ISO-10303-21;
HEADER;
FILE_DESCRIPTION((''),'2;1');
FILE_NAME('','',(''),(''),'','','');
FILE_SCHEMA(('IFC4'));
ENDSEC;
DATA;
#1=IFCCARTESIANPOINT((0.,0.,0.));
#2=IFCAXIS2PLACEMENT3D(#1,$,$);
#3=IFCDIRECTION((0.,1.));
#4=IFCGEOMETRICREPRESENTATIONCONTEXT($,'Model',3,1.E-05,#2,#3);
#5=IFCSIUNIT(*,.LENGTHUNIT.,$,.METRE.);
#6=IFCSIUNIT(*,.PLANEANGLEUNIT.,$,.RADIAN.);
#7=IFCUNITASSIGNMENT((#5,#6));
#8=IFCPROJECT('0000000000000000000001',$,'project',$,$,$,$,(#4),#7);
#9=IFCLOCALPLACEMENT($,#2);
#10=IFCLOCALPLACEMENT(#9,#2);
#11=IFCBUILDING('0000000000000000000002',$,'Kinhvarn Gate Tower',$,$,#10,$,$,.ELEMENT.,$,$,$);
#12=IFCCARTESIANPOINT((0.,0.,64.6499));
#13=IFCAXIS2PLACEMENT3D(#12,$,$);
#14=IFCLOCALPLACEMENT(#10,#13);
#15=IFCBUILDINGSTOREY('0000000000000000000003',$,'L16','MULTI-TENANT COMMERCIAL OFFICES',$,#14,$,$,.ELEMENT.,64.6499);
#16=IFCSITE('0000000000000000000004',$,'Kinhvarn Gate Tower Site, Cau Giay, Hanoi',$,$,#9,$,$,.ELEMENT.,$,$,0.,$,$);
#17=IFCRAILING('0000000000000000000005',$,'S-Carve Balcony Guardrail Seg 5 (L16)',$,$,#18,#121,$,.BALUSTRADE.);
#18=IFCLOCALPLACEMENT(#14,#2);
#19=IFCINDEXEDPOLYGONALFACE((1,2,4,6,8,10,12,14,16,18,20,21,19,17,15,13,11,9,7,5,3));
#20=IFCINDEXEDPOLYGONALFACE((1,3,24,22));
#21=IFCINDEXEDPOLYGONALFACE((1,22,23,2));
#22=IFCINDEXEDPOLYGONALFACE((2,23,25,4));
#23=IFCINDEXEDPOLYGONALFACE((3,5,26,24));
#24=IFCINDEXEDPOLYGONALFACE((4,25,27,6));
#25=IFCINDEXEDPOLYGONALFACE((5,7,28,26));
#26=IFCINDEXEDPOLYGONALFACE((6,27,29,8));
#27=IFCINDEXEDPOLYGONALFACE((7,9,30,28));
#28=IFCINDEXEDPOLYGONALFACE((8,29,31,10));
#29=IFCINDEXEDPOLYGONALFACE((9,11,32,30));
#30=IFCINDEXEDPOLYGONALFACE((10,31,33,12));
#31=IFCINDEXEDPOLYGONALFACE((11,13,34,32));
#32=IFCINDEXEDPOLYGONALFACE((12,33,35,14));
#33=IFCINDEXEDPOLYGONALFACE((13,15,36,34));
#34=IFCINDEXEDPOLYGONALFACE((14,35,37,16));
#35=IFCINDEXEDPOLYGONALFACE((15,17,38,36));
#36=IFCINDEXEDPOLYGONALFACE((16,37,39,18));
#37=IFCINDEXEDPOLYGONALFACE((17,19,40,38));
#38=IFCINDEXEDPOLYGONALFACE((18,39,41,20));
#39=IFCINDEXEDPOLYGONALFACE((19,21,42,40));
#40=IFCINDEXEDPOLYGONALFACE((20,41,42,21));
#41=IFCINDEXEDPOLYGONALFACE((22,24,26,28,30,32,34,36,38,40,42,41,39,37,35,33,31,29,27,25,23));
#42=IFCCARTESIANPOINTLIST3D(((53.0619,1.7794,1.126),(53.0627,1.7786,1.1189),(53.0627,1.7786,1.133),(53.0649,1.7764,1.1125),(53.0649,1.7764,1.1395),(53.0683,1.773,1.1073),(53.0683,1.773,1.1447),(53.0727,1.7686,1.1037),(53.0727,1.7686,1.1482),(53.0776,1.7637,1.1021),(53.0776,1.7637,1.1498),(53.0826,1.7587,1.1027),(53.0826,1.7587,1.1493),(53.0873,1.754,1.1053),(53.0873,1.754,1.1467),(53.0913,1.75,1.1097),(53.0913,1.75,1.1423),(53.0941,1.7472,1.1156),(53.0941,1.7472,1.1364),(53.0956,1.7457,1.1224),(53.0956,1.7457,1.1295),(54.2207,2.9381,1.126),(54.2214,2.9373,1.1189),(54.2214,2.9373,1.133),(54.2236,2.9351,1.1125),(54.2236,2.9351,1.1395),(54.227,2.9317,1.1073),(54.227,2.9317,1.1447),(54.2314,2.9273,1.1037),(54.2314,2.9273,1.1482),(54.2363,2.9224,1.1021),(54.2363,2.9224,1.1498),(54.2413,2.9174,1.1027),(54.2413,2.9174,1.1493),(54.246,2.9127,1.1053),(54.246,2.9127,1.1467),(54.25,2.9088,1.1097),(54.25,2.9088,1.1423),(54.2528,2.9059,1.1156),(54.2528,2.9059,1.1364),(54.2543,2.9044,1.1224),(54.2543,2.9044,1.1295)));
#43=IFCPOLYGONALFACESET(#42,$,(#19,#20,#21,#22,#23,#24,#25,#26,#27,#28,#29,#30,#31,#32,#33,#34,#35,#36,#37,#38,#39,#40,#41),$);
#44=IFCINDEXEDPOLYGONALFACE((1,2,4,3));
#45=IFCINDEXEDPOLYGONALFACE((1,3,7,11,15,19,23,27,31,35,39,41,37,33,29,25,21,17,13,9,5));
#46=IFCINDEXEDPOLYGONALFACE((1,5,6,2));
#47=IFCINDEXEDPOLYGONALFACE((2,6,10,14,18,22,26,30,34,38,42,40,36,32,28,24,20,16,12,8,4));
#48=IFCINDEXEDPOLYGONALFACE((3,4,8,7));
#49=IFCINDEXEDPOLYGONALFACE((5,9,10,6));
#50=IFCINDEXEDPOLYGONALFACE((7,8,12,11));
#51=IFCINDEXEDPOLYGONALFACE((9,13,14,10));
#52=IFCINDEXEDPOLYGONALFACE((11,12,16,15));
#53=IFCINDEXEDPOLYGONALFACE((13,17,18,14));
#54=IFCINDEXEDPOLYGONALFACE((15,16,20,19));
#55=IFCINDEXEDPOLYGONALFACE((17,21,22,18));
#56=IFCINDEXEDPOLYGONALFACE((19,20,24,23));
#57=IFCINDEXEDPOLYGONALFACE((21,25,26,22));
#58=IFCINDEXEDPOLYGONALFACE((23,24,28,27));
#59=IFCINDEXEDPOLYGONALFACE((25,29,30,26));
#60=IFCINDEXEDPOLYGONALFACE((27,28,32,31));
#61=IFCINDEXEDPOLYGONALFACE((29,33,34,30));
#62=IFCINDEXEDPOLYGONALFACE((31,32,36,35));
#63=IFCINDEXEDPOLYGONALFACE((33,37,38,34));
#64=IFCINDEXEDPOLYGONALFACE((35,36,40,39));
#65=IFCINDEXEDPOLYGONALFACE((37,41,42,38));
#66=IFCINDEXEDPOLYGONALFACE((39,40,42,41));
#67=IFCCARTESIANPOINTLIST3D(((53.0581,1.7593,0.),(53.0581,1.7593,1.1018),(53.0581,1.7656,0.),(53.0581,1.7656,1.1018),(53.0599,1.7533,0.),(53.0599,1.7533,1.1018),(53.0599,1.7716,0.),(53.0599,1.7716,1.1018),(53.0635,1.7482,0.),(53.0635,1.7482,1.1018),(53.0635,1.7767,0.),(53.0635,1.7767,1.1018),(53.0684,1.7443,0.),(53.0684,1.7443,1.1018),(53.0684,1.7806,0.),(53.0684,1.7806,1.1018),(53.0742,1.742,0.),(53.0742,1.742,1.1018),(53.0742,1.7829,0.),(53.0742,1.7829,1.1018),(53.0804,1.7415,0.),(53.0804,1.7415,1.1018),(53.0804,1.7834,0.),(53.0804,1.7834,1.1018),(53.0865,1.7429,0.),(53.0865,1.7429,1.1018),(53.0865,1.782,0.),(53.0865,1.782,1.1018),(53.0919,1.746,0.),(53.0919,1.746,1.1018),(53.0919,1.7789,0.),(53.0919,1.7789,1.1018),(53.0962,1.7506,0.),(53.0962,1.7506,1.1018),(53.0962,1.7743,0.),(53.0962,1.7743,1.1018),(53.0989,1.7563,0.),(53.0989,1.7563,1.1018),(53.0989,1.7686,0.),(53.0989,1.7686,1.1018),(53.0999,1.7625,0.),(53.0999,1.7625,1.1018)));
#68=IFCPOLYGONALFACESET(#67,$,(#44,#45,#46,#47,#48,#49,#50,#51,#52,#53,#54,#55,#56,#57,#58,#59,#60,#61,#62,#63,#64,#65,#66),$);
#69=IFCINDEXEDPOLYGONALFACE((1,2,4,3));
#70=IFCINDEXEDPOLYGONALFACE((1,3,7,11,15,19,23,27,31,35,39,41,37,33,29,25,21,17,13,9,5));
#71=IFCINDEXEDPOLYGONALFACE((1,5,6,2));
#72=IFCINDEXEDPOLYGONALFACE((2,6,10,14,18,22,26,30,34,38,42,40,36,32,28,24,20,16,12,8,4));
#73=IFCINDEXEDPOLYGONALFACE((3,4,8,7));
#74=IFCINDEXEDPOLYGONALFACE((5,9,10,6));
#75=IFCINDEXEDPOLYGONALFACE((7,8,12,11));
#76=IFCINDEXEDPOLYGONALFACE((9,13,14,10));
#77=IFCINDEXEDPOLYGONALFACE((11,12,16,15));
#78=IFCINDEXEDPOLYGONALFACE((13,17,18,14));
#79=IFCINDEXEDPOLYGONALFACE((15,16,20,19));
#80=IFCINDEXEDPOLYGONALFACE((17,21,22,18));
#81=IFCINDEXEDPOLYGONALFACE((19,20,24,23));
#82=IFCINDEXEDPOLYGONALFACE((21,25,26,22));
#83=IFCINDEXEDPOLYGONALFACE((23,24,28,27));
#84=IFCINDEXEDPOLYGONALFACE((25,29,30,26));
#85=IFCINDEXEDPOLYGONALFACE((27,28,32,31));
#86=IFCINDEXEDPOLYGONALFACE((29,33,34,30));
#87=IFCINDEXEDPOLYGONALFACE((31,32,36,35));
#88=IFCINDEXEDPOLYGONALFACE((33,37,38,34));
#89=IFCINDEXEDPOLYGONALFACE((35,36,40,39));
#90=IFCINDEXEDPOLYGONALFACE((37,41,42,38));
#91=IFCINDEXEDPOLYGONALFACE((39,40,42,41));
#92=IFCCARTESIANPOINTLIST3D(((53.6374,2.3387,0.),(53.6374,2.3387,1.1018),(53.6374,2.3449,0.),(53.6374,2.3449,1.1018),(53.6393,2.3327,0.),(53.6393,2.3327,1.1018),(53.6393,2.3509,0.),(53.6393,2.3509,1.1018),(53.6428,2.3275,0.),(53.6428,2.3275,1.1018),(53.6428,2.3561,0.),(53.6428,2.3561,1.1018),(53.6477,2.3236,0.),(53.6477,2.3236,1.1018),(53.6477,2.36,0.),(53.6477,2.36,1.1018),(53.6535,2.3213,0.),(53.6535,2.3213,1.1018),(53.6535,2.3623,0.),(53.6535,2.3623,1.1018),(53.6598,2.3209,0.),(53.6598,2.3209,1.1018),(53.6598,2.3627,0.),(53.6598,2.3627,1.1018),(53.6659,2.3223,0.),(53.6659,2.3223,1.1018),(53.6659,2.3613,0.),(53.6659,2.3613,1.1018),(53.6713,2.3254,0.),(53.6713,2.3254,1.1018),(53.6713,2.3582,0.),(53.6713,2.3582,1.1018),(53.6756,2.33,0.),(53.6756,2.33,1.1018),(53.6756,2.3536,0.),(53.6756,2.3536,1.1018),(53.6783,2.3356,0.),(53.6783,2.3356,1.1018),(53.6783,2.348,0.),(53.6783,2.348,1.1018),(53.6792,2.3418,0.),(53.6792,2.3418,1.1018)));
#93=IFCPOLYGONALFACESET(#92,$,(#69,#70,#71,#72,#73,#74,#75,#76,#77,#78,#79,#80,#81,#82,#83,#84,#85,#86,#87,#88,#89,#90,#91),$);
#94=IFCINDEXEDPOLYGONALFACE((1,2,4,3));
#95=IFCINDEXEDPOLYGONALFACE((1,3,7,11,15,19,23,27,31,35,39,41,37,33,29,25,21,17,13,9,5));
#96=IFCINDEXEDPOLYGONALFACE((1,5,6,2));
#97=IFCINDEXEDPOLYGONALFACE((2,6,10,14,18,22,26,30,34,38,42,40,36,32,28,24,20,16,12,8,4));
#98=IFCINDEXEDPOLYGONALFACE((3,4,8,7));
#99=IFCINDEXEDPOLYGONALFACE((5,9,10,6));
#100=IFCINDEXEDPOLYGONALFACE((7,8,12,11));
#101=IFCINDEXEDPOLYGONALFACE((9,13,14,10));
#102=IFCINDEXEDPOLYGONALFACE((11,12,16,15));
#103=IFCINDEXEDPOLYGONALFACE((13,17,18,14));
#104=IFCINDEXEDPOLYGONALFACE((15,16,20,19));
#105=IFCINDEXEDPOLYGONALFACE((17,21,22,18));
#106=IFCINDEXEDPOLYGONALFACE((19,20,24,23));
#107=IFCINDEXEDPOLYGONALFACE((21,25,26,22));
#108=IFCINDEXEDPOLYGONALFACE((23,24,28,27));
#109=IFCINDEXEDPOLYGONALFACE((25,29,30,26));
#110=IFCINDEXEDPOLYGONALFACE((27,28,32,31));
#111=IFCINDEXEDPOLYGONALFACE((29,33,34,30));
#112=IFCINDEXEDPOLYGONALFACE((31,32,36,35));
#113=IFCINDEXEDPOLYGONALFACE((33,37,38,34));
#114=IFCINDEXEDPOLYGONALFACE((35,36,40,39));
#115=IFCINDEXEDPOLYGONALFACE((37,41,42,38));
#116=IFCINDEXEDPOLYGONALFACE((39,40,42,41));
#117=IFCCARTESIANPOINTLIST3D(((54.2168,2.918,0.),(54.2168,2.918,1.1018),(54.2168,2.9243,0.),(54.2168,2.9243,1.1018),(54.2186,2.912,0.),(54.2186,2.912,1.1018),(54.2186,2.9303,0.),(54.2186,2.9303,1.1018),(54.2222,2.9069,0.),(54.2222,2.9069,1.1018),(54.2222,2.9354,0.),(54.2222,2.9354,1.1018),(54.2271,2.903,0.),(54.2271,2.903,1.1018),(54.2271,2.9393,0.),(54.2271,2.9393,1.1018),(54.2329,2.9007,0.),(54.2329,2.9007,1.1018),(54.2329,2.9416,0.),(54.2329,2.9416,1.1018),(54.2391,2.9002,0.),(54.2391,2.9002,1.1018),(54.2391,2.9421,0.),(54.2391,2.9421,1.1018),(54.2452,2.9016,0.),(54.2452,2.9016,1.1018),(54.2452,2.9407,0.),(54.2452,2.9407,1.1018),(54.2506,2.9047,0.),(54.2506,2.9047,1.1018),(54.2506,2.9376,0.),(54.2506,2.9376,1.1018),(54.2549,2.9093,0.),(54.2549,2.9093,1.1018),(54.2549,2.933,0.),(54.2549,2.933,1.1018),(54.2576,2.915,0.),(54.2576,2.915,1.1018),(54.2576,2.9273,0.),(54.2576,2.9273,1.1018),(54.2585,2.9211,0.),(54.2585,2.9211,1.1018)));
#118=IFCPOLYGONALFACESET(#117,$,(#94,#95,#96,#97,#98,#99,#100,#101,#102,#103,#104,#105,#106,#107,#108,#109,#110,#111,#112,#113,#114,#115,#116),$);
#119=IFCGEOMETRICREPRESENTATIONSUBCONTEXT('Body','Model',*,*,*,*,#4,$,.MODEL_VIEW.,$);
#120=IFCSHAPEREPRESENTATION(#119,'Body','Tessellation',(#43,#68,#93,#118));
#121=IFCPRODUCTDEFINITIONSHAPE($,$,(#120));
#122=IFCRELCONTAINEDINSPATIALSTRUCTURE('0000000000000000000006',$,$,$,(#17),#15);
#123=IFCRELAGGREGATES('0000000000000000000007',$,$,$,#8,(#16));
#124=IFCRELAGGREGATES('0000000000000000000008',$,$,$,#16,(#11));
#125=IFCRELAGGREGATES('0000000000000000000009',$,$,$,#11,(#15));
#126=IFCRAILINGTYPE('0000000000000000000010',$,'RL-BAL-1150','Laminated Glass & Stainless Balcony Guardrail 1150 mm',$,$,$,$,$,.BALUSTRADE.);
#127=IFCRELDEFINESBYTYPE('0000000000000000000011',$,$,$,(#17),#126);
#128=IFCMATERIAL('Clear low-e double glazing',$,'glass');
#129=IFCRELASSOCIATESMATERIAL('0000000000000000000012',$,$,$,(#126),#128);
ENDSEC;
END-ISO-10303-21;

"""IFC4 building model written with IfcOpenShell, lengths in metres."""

from ifc_helpers import new_model, si_unit, direction, frame, origin, origin_2d, place, context, subcontext, project, spatial, circle, extrude, material, type_object, element, save


model = new_model("IFC4")

# Units and contexts
model_context = context("Model", 3, precision=1e-05, world=origin(), true_north=direction((0.0, 1.0)))
body_context = subcontext(model_context, "Body", "Model", "MODEL_VIEW")
ifc_project = project(units=[si_unit("LENGTHUNIT", "METRE"), si_unit("PLANEANGLEUNIT", "RADIAN")], contexts=[model_context])

# Site, building, storey
site_placement = place(None, origin())
site = spatial("IfcSite", under=ifc_project, at=site_placement, Name="Kinhvarn Gate Tower Site, Cau Giay, Hanoi", CompositionType="ELEMENT", RefElevation=0.0)
building_placement = place(site_placement, origin())
building = spatial("IfcBuilding", under=site, at=building_placement, Name="Kinhvarn Gate Tower", CompositionType="ELEMENT")
storey_placement = place(building_placement, frame((0.0, 0.0, 64.6499)))
storey = spatial("IfcBuildingStorey", under=building, at=storey_placement, Name="L16", Description="MULTI-TENANT COMMERCIAL OFFICES", CompositionType="ELEMENT", Elevation=64.6499)

# Shared definitions
ifc_material_1 = material(Name="Clear low-e double glazing", Category="glass")

# Railing
railing_type = type_object("IfcRailingType", Name="RL-BAL-1150", Description="Laminated Glass & Stainless Balcony Guardrail 1150 mm", PredefinedType="BALUSTRADE", material=ifc_material_1)
railing_1_placement = place(storey_placement, frame((53.0789, 1.7625, 0.0)))
element("IfcRailing", 1, at=railing_1_placement, inside=storey, type_object=railing_type, Name="S-Carve Balcony Guardrail Seg 5 (L16)", PredefinedType="BALUSTRADE", context=body_context, shape_type="SweptSolid", body=[
    extrude(circle(Radius=0.0239, at=origin_2d()), frame((0.0, 0.0, 1.126), z_axis=(0.707107, 0.707107, 0.0), x_axis=(-0.707107, 0.707107, 0.0)), (0.0, 0.0, 1.0), 1.6387),
    extrude(circle(Radius=0.021, at=origin_2d()), origin(), (0.0, 0.0, 1.0), 1.1018),
    extrude(circle(Radius=0.021, at=origin_2d()), frame((0.5793, 0.5793, 0.0)), (0.0, 0.0, 1.0), 1.1018),
    extrude(circle(Radius=0.021, at=origin_2d()), frame((1.1587, 1.1587, 0.0)), (0.0, 0.0, 1.0), 1.1018),
])

save(model, "model.ifc")
